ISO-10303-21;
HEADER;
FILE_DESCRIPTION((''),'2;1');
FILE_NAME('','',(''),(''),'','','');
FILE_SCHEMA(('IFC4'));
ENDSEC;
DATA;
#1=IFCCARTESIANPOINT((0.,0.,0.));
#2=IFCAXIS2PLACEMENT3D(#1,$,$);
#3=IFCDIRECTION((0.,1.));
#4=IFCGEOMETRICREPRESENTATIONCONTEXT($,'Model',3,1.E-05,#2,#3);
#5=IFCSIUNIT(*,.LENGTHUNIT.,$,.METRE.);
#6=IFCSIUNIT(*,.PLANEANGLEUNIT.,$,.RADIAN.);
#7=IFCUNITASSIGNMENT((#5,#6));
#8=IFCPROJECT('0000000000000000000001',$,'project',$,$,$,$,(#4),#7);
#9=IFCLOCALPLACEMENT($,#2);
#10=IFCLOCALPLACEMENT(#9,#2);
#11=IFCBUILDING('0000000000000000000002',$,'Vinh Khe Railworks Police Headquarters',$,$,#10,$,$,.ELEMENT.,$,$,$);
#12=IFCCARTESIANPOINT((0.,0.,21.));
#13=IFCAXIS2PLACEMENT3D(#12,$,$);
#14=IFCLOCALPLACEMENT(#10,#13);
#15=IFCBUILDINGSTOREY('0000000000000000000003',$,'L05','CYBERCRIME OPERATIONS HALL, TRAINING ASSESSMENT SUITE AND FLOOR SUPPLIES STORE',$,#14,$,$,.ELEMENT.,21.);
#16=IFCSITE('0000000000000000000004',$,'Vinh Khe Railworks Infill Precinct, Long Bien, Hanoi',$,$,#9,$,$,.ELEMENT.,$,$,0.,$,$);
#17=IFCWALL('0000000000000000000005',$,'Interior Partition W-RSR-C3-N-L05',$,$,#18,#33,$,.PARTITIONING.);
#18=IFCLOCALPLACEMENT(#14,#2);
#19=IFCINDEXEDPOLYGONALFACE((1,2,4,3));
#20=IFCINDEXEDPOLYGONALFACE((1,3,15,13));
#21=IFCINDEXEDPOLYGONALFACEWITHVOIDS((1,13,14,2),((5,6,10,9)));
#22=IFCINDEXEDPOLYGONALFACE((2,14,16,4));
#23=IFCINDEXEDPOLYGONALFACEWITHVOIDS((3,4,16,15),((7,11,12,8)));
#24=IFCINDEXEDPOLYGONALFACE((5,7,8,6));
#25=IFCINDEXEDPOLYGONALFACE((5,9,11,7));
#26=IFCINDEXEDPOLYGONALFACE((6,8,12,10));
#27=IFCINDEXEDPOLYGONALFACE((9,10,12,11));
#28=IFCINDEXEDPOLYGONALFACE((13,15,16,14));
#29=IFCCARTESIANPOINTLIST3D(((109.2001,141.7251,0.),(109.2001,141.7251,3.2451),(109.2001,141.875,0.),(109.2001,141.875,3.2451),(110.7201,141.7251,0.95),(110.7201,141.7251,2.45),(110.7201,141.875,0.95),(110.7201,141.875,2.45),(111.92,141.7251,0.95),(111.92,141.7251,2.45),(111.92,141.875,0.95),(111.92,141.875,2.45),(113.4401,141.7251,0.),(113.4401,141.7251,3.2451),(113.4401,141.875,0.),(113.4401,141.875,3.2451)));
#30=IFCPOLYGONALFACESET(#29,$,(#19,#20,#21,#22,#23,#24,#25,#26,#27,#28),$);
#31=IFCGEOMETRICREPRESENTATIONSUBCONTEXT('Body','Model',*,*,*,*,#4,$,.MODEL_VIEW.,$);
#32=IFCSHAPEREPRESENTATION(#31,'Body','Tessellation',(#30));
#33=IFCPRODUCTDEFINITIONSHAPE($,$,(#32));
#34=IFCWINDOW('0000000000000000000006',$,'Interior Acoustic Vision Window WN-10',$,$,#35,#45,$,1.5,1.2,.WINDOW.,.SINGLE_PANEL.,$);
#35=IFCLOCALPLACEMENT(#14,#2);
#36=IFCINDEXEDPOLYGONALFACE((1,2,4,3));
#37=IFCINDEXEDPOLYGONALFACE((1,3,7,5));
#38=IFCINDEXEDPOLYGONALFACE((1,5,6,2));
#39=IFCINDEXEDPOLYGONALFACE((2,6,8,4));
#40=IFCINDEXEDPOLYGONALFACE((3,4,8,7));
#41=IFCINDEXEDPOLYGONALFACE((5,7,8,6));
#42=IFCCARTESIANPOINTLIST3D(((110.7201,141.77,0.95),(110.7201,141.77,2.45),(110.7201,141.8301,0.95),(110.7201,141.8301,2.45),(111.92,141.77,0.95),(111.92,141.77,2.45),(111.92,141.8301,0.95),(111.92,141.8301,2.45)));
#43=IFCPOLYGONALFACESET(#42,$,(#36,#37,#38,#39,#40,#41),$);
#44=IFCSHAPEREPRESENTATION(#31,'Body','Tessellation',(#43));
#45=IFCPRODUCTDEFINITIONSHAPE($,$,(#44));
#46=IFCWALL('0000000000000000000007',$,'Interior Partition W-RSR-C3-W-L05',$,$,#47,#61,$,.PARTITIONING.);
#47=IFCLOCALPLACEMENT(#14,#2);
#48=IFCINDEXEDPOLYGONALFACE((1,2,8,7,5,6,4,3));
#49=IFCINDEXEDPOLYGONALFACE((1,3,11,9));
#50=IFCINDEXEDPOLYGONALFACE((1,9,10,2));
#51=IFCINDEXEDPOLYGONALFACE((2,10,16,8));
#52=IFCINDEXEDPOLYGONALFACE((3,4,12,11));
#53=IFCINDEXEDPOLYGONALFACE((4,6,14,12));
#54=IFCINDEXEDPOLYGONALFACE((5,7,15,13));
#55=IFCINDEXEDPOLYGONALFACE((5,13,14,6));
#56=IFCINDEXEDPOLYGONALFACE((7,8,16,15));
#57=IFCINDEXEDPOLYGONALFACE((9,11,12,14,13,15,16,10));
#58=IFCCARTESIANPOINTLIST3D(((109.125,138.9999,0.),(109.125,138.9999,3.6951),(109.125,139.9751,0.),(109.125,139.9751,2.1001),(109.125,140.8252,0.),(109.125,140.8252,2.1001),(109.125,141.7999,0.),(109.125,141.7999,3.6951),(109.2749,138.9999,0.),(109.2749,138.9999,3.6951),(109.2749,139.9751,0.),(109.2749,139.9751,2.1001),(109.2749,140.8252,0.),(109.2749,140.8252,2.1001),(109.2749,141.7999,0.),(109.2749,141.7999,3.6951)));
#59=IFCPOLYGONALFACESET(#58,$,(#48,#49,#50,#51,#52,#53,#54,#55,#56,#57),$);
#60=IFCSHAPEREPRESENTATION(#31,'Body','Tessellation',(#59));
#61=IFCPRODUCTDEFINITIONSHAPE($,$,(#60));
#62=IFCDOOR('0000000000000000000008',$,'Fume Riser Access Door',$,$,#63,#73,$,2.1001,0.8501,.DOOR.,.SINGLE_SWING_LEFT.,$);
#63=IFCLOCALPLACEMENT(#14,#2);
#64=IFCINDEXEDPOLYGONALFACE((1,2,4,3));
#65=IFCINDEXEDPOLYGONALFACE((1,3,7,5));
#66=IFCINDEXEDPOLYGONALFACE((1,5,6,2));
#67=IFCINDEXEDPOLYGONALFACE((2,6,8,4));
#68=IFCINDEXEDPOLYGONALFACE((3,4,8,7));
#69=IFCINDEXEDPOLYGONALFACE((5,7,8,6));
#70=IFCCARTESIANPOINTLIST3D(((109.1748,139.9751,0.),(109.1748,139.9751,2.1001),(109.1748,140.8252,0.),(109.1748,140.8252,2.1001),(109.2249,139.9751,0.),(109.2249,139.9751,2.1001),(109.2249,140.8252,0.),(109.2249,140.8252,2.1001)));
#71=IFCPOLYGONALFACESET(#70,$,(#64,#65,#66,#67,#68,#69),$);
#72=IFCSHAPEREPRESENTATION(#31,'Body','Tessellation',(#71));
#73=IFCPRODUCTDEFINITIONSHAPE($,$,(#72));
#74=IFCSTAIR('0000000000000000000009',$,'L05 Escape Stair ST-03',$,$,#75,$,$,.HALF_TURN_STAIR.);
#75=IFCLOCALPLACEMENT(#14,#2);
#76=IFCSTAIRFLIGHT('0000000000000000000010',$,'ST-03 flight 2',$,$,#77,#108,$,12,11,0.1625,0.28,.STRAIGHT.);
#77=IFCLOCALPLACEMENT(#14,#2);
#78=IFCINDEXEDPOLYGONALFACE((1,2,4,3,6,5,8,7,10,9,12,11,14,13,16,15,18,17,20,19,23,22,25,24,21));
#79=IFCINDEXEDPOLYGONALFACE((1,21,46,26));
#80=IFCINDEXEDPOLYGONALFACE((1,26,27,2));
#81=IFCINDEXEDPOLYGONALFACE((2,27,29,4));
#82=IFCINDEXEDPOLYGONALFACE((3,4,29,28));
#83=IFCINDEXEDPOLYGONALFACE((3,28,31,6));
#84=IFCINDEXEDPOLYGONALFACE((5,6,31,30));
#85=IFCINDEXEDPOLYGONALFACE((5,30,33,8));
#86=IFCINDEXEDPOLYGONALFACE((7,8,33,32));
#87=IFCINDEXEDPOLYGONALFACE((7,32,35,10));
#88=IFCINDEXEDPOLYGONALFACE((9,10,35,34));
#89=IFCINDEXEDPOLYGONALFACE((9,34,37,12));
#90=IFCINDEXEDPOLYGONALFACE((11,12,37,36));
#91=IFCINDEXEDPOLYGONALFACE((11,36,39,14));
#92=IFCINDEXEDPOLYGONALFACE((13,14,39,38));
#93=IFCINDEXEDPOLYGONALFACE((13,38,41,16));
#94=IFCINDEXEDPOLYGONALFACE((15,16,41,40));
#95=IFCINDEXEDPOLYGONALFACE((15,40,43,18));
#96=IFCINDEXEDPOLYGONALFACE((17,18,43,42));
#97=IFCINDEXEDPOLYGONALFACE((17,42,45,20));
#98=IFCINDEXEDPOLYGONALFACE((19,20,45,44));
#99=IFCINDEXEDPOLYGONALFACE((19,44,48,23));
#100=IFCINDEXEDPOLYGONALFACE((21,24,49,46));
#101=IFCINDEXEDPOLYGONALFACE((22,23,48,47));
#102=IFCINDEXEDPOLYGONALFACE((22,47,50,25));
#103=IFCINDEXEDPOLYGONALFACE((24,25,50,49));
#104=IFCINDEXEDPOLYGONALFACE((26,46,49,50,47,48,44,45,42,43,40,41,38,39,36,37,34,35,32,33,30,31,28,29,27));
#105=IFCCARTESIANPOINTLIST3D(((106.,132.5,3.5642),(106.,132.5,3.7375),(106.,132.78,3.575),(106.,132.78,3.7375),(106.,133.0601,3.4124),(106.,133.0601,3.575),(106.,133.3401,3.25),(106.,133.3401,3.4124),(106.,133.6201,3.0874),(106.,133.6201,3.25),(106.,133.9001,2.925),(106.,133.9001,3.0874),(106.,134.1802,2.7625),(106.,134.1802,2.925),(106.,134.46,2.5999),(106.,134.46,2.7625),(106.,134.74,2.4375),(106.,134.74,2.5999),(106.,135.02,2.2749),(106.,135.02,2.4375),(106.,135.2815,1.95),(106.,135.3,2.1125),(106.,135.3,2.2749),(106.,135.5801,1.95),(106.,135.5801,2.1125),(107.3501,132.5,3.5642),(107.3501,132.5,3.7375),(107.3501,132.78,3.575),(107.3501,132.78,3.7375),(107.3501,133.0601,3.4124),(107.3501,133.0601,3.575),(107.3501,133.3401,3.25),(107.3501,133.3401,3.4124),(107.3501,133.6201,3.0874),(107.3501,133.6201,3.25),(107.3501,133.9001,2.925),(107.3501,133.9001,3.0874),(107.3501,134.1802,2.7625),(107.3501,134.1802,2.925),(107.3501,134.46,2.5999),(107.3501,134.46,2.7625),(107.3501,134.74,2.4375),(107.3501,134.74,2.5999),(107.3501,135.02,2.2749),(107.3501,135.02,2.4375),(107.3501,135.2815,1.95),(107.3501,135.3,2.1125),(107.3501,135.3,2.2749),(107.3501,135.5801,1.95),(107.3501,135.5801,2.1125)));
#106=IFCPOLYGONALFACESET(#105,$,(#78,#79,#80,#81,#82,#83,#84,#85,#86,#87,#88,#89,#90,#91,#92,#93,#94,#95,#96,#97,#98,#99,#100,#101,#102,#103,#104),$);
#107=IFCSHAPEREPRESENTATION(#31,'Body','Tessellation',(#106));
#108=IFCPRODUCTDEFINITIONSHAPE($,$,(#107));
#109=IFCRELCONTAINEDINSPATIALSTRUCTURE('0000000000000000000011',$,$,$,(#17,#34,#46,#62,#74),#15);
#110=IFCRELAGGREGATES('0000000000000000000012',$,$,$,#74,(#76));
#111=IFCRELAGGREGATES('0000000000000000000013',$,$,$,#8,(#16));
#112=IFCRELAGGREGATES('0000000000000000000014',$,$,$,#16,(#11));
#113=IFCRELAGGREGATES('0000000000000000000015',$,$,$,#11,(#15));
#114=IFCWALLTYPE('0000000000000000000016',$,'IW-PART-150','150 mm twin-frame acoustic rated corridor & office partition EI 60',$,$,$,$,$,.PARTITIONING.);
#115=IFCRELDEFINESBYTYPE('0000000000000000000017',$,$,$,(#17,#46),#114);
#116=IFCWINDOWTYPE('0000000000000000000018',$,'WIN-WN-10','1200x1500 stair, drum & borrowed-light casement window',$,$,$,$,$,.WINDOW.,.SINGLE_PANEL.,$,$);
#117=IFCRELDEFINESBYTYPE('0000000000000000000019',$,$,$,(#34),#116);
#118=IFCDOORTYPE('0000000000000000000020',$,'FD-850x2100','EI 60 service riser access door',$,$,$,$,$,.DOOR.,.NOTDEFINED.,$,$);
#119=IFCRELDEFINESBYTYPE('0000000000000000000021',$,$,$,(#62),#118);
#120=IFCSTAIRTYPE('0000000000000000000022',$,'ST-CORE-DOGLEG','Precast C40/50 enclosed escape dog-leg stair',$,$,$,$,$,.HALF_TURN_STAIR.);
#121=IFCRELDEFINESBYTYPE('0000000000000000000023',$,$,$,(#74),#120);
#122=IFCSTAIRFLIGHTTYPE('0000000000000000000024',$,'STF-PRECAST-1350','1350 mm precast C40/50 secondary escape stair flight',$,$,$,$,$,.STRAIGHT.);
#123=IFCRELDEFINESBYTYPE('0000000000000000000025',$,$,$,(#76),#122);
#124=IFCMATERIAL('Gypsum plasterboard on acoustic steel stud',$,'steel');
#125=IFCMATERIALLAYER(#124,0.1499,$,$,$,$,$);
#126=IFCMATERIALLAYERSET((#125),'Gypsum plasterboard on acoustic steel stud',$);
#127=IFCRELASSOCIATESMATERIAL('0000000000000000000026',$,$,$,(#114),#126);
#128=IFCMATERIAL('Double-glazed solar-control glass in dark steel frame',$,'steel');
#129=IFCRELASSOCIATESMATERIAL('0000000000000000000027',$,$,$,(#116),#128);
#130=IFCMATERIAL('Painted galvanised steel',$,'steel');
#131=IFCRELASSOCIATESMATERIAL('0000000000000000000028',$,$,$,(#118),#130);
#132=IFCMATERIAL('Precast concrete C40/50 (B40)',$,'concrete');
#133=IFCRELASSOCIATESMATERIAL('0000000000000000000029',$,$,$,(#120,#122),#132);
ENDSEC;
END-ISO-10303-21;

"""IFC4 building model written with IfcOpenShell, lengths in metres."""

from ifc_helpers import new_model, si_unit, direction, frame, frame_2d, origin, place, context, subcontext, project, spatial, polyline, rectangle, outline, extrude, material, layer, layer_set, type_object, element, fill, aggregate, save


model = new_model("IFC4")

# Units and contexts
model_context = context("Model", 3, precision=1e-05, world=origin(), true_north=direction((0.0, 1.0)))
body_context = subcontext(model_context, "Body", "Model", "MODEL_VIEW")
ifc_project = project(units=[si_unit("LENGTHUNIT", "METRE"), si_unit("PLANEANGLEUNIT", "RADIAN")], contexts=[model_context])

# Site, building, storey
site_placement = place(None, origin())
site = spatial("IfcSite", under=ifc_project, at=site_placement, Name="Vinh Khe Railworks Infill Precinct, Long Bien, Hanoi", CompositionType="ELEMENT", RefElevation=0.0)
building_placement = place(site_placement, origin())
building = spatial("IfcBuilding", under=site, at=building_placement, Name="Vinh Khe Railworks Police Headquarters", CompositionType="ELEMENT")
storey_placement = place(building_placement, frame((0.0, 0.0, 21.0)))
storey = spatial("IfcBuildingStorey", under=building, at=storey_placement, Name="L05", Description="CYBERCRIME OPERATIONS HALL, TRAINING ASSESSMENT SUITE AND FLOOR SUPPLIES STORE", CompositionType="ELEMENT", Elevation=21.0)

# Shared definitions
ifc_material_1 = material(Name="Painted galvanised steel", Category="steel")

# Wall, opening, window
ifc_material_2 = material(Name="Double-glazed solar-control glass in dark steel frame", Category="steel")
ifc_material_3 = material(Name="Gypsum plasterboard on acoustic steel stud", Category="steel")
ifc_layer_1 = layer(ifc_material_3, 0.1499)
ifc_layer_set_1 = layer_set([ifc_layer_1], Name="Gypsum plasterboard on acoustic steel stud")
wall_type_1 = type_object("IfcWallType", Name="IW-PART-150", Description="150 mm twin-frame acoustic rated corridor & office partition EI 60", PredefinedType="PARTITIONING", material=ifc_layer_set_1)
window_type_1 = type_object("IfcWindowType", Name="WIN-WN-10", Description="1200x1500 stair, drum & borrowed-light casement window", PartitioningType="SINGLE_PANEL", PredefinedType="WINDOW", material=ifc_material_2)
wall_1_placement = place(storey_placement, frame((109.2, 141.8, 0.0), z_axis=(0.0, 0.0, 1.0), x_axis=(1.0, 0.0, 0.0)))
wall_1 = element("IfcWall", 1, at=wall_1_placement, inside=storey, type_object=wall_type_1, Name="Interior Partition W-RSR-C3-N-L05", PredefinedType="PARTITIONING", context=body_context, shape_type="SweptSolid", body=[
    extrude(rectangle(XDim=4.24, YDim=0.1499, at=frame_2d((2.1201, 0.0))), origin(), (0.0, 0.0, 1.0), 3.2451),
])
opening_1_placement = place(wall_1_placement, frame((1.52, 0.0, 0.95)))
opening_1 = element("IfcOpeningElement", 2, at=opening_1_placement, cuts=wall_1, PredefinedType="OPENING", context=body_context, shape_type="SweptSolid", body=[
    extrude(rectangle(XDim=1.2, YDim=1.5, at=frame_2d((0.6001, 0.75))), frame((0.0, 0.0898, 0.0), z_axis=(0.0, -1.0, 0.0), x_axis=(1.0, 0.0, 0.0)), (0.0, 0.0, 1.0), 0.1797),
])
window_1_placement = place(opening_1_placement, origin())
window_1 = element("IfcWindow", 3, at=window_1_placement, inside=storey, type_object=window_type_1, Name="Interior Acoustic Vision Window WN-10", OverallHeight=1.5, OverallWidth=1.2, PartitioningType="SINGLE_PANEL", PredefinedType="WINDOW", context=body_context, shape_type="SweptSolid", body=[
    extrude(rectangle(XDim=1.2, YDim=1.5, at=frame_2d((0.6001, 0.75))), frame((0.0, 0.03, 0.0), z_axis=(0.0, -1.0, 0.0), x_axis=(1.0, 0.0, 0.0)), (0.0, 0.0, 1.0), 0.0601),
])
fill(opening_1, window_1)

# Wall, opening, door
wall_2_placement = place(storey_placement, frame((109.2, 139.0, 0.0), z_axis=(0.0, 0.0, 1.0), x_axis=(0.0, 1.0, 0.0)))
wall_2 = element("IfcWall", 4, at=wall_2_placement, inside=storey, type_object=wall_type_1, Name="Interior Partition W-RSR-C3-W-L05", PredefinedType="PARTITIONING", context=body_context, shape_type="SweptSolid", body=[
    extrude(rectangle(XDim=2.8, YDim=0.1499, at=frame_2d((1.3999, 0.0))), origin(), (0.0, 0.0, 1.0), 3.6951),
])
opening_2_placement = place(wall_2_placement, frame((0.9751, 0.0, 0.0)))
opening_2 = element("IfcOpeningElement", 5, at=opening_2_placement, cuts=wall_2, PredefinedType="OPENING", context=body_context, shape_type="SweptSolid", body=[
    extrude(rectangle(XDim=0.8501, YDim=2.1001, at=frame_2d((0.425, 1.05))), frame((0.0, 0.0898, 0.0), z_axis=(0.0, -1.0, 0.0), x_axis=(1.0, 0.0, 0.0)), (0.0, 0.0, 1.0), 0.1797),
])
door_type_1 = type_object("IfcDoorType", Name="FD-850x2100", Description="EI 60 service riser access door", OperationType="NOTDEFINED", PredefinedType="DOOR", material=ifc_material_1)
door_1_placement = place(opening_2_placement, frame((0.8501, 0.0, 0.0), z_axis=(0.0, 0.0, 1.0), x_axis=(-1.0, 0.0, 0.0)))
door_1 = element("IfcDoor", 6, at=door_1_placement, inside=storey, type_object=door_type_1, Name="Fume Riser Access Door", OperationType="SINGLE_SWING_LEFT", OverallHeight=2.1001, OverallWidth=0.8501, PredefinedType="DOOR", context=body_context, shape_type="SweptSolid", body=[
    extrude(rectangle(XDim=0.8501, YDim=2.1001, at=frame_2d((0.425, 1.05))), frame((0.0, 0.0249, 0.0), z_axis=(0.0, -1.0, 0.0), x_axis=(1.0, 0.0, 0.0)), (0.0, 0.0, 1.0), 0.05),
])
fill(opening_2, door_1)

# Stair, stair flight
ifc_material_4 = material(Name="Precast concrete C40/50 (B40)", Category="concrete")
stair_type = type_object("IfcStairType", Name="ST-CORE-DOGLEG", Description="Precast C40/50 enclosed escape dog-leg stair", PredefinedType="HALF_TURN_STAIR", material=ifc_material_4)
stair_placement = place(storey_placement, origin())
stair = element("IfcStair", 7, at=stair_placement, inside=storey, type_object=stair_type, Name="L05 Escape Stair ST-03", PredefinedType="HALF_TURN_STAIR")
stair_flight_type = type_object("IfcStairFlightType", Name="STF-PRECAST-1350", Description="1350 mm precast C40/50 secondary escape stair flight", PredefinedType="STRAIGHT", material=ifc_material_4)
stair_flight_placement = place(storey_placement, frame((106.675, 135.5801, 1.95), z_axis=(0.0, 0.0, 1.0), x_axis=(0.0, -1.0, 0.0)))
stair_flight = element("IfcStairFlight", 8, at=stair_flight_placement, type_object=stair_flight_type, Name="ST-03 flight 2", NumberOfRisers=12, NumberOfTreads=11, PredefinedType="STRAIGHT", RiserHeight=0.1625, TreadLength=0.28, context=body_context, shape_type="SweptSolid", body=[
    extrude(outline(polyline([(0.0, 0.0), (0.0, 0.1626), (0.28, 0.1626), (0.28, 0.325), (0.5601, 0.325), (0.5601, 0.4875), (0.8401, 0.4875), (0.8401, 0.6499), (1.1201, 0.6499), (1.1201, 0.8125), (1.3999, 0.8125), (1.3999, 0.9751), (1.6799, 0.9751), (1.6799, 1.1375), (1.96, 1.1375), (1.96, 1.3), (2.24, 1.3), (2.24, 1.4624), (2.52, 1.4624), (2.52, 1.625), (2.8, 1.625), (2.8, 1.7876), (3.0801, 1.7876), (3.0801, 1.95), (3.0801, 1.6143), (0.2986, 0.0), (0.0, 0.0)])), frame((0.0, 0.675, 0.0), z_axis=(0.0, -1.0, 0.0), x_axis=(1.0, 0.0, 0.0)), (0.0, 0.0, 1.0), 1.3501),
])
aggregate(stair, [stair_flight])

save(model, "model.ifc")
